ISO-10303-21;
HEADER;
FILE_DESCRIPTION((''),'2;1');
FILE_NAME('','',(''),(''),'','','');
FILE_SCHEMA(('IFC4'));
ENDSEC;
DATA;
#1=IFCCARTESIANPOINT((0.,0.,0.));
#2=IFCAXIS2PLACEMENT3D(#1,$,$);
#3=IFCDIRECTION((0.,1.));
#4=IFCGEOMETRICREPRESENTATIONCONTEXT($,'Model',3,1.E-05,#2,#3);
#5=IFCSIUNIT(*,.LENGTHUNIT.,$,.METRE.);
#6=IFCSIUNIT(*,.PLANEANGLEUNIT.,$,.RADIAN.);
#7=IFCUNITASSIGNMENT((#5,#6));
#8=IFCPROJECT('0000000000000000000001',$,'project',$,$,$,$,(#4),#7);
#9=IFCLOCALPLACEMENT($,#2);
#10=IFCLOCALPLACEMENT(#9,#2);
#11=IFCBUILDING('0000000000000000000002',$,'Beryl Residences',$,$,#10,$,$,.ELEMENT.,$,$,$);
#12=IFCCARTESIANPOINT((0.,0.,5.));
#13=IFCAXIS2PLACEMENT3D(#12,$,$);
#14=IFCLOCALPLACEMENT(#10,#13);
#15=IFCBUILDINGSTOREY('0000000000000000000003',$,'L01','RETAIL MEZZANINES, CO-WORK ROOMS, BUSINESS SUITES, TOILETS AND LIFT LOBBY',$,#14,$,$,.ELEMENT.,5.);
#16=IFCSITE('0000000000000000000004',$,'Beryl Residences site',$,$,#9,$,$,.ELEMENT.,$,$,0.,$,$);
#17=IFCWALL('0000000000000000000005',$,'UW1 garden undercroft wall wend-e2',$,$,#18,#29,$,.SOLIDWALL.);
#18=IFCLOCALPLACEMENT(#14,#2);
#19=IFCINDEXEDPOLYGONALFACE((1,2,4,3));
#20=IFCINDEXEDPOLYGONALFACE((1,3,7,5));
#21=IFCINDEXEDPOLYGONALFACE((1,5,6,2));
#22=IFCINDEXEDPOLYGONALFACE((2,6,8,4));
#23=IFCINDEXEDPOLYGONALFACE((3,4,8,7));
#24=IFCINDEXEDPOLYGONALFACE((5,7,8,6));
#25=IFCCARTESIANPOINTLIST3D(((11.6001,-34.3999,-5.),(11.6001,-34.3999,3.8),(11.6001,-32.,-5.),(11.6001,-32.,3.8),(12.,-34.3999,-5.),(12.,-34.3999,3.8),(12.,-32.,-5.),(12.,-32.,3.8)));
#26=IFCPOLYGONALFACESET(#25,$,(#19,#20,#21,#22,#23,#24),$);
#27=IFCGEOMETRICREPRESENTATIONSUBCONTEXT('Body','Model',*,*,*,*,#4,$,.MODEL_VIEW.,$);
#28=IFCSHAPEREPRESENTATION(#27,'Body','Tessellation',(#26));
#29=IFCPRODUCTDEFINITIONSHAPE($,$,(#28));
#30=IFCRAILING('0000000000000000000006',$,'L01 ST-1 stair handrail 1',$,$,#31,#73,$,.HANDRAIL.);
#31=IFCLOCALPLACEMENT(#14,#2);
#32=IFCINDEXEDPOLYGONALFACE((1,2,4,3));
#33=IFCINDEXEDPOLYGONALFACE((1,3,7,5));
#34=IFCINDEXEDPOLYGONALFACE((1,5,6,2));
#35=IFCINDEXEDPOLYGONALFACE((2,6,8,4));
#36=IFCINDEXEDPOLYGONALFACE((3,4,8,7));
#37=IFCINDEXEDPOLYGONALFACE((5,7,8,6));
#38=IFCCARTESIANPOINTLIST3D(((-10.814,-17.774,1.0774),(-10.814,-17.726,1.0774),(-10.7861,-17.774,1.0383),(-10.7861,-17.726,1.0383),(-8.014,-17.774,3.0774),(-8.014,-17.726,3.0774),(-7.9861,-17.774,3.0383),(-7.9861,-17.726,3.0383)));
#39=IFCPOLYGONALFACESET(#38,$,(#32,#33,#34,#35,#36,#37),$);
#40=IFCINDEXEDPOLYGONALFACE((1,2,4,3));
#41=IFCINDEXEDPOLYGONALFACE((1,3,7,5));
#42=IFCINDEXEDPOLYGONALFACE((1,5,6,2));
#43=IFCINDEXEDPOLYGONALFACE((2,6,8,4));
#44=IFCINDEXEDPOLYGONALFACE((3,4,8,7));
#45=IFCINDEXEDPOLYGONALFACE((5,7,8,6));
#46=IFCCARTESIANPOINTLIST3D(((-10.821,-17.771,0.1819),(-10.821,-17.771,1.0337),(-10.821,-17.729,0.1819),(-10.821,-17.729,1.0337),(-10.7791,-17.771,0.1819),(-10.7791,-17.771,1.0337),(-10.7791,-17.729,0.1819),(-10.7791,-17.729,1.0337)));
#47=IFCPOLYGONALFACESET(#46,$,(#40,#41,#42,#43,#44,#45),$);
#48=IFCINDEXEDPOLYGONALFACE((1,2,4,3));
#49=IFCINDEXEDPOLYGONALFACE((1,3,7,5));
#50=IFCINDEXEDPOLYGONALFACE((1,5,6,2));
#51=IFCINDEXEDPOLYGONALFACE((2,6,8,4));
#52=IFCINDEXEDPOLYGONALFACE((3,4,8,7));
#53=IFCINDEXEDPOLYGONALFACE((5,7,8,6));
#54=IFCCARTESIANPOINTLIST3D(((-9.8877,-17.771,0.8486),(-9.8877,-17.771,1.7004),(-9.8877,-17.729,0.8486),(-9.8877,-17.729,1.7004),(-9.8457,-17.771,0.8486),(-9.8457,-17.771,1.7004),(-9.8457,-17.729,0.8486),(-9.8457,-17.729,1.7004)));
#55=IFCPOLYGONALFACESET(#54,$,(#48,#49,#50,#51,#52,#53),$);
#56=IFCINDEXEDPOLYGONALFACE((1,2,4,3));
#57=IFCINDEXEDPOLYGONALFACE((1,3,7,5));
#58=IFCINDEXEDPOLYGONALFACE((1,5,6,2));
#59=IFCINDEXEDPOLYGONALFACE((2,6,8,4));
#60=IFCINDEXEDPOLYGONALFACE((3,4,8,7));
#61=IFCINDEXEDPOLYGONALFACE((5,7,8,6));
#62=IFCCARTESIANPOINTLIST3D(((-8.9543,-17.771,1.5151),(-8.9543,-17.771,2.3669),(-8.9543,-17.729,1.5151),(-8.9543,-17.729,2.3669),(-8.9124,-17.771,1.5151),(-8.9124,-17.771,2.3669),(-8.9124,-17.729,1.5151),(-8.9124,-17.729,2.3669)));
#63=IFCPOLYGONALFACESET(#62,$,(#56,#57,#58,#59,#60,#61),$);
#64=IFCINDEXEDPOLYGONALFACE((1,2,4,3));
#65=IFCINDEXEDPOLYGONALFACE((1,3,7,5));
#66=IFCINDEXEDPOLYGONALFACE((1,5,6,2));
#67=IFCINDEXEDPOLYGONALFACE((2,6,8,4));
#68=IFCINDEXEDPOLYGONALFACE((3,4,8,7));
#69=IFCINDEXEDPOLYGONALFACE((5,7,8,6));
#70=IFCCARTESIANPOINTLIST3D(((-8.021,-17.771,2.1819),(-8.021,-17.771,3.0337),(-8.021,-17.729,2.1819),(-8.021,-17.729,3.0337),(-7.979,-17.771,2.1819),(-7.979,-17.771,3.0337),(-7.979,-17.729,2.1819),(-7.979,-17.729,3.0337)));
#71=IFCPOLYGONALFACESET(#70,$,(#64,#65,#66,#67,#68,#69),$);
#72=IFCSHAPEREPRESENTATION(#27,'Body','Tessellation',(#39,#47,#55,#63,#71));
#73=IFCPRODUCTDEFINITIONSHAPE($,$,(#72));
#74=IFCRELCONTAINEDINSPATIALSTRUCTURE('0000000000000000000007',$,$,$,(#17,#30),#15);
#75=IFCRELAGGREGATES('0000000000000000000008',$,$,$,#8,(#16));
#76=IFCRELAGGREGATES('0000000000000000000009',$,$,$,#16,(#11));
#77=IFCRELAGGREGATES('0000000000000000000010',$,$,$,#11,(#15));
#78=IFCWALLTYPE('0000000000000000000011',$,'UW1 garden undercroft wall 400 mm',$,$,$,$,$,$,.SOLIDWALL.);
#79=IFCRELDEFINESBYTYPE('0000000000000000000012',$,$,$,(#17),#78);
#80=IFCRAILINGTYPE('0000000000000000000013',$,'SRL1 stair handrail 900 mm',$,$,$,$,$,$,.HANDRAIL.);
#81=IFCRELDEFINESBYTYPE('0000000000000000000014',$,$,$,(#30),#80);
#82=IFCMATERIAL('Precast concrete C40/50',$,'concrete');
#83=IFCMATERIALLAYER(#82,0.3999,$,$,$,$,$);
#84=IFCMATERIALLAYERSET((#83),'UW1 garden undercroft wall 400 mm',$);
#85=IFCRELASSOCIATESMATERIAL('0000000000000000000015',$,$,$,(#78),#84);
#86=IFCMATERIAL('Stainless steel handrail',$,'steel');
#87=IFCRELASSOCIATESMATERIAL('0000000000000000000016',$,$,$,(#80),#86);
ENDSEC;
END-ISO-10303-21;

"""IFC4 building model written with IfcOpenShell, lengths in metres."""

from ifc_helpers import new_model, si_unit, direction, frame, frame_2d, origin, origin_2d, place, context, subcontext, project, spatial, rectangle, extrude, material, layer, layer_set, type_object, element, save


model = new_model("IFC4")

# Units and contexts
model_context = context("Model", 3, precision=1e-05, world=origin(), true_north=direction((0.0, 1.0)))
body_context = subcontext(model_context, "Body", "Model", "MODEL_VIEW")
ifc_project = project(units=[si_unit("LENGTHUNIT", "METRE"), si_unit("PLANEANGLEUNIT", "RADIAN")], contexts=[model_context])

# Site, building, storey
site_placement = place(None, origin())
site = spatial("IfcSite", under=ifc_project, at=site_placement, Name="Beryl Residences site", CompositionType="ELEMENT", RefElevation=0.0)
building_placement = place(site_placement, origin())
building = spatial("IfcBuilding", under=site, at=building_placement, Name="Beryl Residences", CompositionType="ELEMENT")
storey_placement = place(building_placement, frame((0.0, 0.0, 5.0)))
storey = spatial("IfcBuildingStorey", under=building, at=storey_placement, Name="L01", Description="RETAIL MEZZANINES, CO-WORK ROOMS, BUSINESS SUITES, TOILETS AND LIFT LOBBY", CompositionType="ELEMENT", Elevation=5.0)

# Wall
ifc_material_1 = material(Name="Precast concrete C40/50", Category="concrete")
ifc_layer_1 = layer(ifc_material_1, 0.3999)
ifc_layer_set_1 = layer_set([ifc_layer_1], Name="UW1 garden undercroft wall 400 mm")
wall_type_1 = type_object("IfcWallType", Name="UW1 garden undercroft wall 400 mm", PredefinedType="SOLIDWALL", material=ifc_layer_set_1)
for number, where, z_axis, x_axis, name in (
    (1, (11.8, -34.3999, -5.0), (0.0, 0.0, 1.0), (0.0, 1.0, 0.0), "UW1 garden undercroft wall wend-e2"),
):
    element("IfcWall", number, at=place(storey_placement, frame(where, z_axis=z_axis, x_axis=x_axis)), inside=storey, type_object=wall_type_1, Name=name, PredefinedType="SOLIDWALL", context=body_context, shape_type="SweptSolid", body=[
        extrude(rectangle(XDim=2.3999, YDim=0.3999, at=frame_2d((1.2, 0.0))), origin(), (0.0, 0.0, 1.0), 8.8),
    ])

# Railing
ifc_material_2 = material(Name="Stainless steel handrail", Category="steel")
railing_type = type_object("IfcRailingType", Name="SRL1 stair handrail 900 mm", PredefinedType="HANDRAIL", material=ifc_material_2)
railing_placement = place(storey_placement, frame((-10.8, -17.75, 0.1819)))
element("IfcRailing", 2, at=railing_placement, inside=storey, type_object=railing_type, Name="L01 ST-1 stair handrail 1", PredefinedType="HANDRAIL", context=body_context, shape_type="SweptSolid", body=[
    extrude(rectangle(XDim=0.0481, YDim=0.0481, at=origin_2d()), frame((0.0, 0.0, 0.876), z_axis=(0.813738, 0.0, 0.581231), x_axis=(0.0, 1.0, 0.0)), (0.0, 0.0, 1.0), 3.4409),
    extrude(rectangle(XDim=0.042, YDim=0.042, at=origin_2d()), origin(), (0.0, 0.0, 1.0), 0.8518),
    extrude(rectangle(XDim=0.042, YDim=0.042, at=origin_2d()), frame((0.9333, 0.0, 0.6667)), (0.0, 0.0, 1.0), 0.8518),
    extrude(rectangle(XDim=0.042, YDim=0.042, at=origin_2d()), frame((1.8667, 0.0, 1.3333)), (0.0, 0.0, 1.0), 0.8518),
    extrude(rectangle(XDim=0.042, YDim=0.042, at=origin_2d()), frame((2.8, 0.0, 2.0)), (0.0, 0.0, 1.0), 0.8518),
])

save(model, "model.ifc")
